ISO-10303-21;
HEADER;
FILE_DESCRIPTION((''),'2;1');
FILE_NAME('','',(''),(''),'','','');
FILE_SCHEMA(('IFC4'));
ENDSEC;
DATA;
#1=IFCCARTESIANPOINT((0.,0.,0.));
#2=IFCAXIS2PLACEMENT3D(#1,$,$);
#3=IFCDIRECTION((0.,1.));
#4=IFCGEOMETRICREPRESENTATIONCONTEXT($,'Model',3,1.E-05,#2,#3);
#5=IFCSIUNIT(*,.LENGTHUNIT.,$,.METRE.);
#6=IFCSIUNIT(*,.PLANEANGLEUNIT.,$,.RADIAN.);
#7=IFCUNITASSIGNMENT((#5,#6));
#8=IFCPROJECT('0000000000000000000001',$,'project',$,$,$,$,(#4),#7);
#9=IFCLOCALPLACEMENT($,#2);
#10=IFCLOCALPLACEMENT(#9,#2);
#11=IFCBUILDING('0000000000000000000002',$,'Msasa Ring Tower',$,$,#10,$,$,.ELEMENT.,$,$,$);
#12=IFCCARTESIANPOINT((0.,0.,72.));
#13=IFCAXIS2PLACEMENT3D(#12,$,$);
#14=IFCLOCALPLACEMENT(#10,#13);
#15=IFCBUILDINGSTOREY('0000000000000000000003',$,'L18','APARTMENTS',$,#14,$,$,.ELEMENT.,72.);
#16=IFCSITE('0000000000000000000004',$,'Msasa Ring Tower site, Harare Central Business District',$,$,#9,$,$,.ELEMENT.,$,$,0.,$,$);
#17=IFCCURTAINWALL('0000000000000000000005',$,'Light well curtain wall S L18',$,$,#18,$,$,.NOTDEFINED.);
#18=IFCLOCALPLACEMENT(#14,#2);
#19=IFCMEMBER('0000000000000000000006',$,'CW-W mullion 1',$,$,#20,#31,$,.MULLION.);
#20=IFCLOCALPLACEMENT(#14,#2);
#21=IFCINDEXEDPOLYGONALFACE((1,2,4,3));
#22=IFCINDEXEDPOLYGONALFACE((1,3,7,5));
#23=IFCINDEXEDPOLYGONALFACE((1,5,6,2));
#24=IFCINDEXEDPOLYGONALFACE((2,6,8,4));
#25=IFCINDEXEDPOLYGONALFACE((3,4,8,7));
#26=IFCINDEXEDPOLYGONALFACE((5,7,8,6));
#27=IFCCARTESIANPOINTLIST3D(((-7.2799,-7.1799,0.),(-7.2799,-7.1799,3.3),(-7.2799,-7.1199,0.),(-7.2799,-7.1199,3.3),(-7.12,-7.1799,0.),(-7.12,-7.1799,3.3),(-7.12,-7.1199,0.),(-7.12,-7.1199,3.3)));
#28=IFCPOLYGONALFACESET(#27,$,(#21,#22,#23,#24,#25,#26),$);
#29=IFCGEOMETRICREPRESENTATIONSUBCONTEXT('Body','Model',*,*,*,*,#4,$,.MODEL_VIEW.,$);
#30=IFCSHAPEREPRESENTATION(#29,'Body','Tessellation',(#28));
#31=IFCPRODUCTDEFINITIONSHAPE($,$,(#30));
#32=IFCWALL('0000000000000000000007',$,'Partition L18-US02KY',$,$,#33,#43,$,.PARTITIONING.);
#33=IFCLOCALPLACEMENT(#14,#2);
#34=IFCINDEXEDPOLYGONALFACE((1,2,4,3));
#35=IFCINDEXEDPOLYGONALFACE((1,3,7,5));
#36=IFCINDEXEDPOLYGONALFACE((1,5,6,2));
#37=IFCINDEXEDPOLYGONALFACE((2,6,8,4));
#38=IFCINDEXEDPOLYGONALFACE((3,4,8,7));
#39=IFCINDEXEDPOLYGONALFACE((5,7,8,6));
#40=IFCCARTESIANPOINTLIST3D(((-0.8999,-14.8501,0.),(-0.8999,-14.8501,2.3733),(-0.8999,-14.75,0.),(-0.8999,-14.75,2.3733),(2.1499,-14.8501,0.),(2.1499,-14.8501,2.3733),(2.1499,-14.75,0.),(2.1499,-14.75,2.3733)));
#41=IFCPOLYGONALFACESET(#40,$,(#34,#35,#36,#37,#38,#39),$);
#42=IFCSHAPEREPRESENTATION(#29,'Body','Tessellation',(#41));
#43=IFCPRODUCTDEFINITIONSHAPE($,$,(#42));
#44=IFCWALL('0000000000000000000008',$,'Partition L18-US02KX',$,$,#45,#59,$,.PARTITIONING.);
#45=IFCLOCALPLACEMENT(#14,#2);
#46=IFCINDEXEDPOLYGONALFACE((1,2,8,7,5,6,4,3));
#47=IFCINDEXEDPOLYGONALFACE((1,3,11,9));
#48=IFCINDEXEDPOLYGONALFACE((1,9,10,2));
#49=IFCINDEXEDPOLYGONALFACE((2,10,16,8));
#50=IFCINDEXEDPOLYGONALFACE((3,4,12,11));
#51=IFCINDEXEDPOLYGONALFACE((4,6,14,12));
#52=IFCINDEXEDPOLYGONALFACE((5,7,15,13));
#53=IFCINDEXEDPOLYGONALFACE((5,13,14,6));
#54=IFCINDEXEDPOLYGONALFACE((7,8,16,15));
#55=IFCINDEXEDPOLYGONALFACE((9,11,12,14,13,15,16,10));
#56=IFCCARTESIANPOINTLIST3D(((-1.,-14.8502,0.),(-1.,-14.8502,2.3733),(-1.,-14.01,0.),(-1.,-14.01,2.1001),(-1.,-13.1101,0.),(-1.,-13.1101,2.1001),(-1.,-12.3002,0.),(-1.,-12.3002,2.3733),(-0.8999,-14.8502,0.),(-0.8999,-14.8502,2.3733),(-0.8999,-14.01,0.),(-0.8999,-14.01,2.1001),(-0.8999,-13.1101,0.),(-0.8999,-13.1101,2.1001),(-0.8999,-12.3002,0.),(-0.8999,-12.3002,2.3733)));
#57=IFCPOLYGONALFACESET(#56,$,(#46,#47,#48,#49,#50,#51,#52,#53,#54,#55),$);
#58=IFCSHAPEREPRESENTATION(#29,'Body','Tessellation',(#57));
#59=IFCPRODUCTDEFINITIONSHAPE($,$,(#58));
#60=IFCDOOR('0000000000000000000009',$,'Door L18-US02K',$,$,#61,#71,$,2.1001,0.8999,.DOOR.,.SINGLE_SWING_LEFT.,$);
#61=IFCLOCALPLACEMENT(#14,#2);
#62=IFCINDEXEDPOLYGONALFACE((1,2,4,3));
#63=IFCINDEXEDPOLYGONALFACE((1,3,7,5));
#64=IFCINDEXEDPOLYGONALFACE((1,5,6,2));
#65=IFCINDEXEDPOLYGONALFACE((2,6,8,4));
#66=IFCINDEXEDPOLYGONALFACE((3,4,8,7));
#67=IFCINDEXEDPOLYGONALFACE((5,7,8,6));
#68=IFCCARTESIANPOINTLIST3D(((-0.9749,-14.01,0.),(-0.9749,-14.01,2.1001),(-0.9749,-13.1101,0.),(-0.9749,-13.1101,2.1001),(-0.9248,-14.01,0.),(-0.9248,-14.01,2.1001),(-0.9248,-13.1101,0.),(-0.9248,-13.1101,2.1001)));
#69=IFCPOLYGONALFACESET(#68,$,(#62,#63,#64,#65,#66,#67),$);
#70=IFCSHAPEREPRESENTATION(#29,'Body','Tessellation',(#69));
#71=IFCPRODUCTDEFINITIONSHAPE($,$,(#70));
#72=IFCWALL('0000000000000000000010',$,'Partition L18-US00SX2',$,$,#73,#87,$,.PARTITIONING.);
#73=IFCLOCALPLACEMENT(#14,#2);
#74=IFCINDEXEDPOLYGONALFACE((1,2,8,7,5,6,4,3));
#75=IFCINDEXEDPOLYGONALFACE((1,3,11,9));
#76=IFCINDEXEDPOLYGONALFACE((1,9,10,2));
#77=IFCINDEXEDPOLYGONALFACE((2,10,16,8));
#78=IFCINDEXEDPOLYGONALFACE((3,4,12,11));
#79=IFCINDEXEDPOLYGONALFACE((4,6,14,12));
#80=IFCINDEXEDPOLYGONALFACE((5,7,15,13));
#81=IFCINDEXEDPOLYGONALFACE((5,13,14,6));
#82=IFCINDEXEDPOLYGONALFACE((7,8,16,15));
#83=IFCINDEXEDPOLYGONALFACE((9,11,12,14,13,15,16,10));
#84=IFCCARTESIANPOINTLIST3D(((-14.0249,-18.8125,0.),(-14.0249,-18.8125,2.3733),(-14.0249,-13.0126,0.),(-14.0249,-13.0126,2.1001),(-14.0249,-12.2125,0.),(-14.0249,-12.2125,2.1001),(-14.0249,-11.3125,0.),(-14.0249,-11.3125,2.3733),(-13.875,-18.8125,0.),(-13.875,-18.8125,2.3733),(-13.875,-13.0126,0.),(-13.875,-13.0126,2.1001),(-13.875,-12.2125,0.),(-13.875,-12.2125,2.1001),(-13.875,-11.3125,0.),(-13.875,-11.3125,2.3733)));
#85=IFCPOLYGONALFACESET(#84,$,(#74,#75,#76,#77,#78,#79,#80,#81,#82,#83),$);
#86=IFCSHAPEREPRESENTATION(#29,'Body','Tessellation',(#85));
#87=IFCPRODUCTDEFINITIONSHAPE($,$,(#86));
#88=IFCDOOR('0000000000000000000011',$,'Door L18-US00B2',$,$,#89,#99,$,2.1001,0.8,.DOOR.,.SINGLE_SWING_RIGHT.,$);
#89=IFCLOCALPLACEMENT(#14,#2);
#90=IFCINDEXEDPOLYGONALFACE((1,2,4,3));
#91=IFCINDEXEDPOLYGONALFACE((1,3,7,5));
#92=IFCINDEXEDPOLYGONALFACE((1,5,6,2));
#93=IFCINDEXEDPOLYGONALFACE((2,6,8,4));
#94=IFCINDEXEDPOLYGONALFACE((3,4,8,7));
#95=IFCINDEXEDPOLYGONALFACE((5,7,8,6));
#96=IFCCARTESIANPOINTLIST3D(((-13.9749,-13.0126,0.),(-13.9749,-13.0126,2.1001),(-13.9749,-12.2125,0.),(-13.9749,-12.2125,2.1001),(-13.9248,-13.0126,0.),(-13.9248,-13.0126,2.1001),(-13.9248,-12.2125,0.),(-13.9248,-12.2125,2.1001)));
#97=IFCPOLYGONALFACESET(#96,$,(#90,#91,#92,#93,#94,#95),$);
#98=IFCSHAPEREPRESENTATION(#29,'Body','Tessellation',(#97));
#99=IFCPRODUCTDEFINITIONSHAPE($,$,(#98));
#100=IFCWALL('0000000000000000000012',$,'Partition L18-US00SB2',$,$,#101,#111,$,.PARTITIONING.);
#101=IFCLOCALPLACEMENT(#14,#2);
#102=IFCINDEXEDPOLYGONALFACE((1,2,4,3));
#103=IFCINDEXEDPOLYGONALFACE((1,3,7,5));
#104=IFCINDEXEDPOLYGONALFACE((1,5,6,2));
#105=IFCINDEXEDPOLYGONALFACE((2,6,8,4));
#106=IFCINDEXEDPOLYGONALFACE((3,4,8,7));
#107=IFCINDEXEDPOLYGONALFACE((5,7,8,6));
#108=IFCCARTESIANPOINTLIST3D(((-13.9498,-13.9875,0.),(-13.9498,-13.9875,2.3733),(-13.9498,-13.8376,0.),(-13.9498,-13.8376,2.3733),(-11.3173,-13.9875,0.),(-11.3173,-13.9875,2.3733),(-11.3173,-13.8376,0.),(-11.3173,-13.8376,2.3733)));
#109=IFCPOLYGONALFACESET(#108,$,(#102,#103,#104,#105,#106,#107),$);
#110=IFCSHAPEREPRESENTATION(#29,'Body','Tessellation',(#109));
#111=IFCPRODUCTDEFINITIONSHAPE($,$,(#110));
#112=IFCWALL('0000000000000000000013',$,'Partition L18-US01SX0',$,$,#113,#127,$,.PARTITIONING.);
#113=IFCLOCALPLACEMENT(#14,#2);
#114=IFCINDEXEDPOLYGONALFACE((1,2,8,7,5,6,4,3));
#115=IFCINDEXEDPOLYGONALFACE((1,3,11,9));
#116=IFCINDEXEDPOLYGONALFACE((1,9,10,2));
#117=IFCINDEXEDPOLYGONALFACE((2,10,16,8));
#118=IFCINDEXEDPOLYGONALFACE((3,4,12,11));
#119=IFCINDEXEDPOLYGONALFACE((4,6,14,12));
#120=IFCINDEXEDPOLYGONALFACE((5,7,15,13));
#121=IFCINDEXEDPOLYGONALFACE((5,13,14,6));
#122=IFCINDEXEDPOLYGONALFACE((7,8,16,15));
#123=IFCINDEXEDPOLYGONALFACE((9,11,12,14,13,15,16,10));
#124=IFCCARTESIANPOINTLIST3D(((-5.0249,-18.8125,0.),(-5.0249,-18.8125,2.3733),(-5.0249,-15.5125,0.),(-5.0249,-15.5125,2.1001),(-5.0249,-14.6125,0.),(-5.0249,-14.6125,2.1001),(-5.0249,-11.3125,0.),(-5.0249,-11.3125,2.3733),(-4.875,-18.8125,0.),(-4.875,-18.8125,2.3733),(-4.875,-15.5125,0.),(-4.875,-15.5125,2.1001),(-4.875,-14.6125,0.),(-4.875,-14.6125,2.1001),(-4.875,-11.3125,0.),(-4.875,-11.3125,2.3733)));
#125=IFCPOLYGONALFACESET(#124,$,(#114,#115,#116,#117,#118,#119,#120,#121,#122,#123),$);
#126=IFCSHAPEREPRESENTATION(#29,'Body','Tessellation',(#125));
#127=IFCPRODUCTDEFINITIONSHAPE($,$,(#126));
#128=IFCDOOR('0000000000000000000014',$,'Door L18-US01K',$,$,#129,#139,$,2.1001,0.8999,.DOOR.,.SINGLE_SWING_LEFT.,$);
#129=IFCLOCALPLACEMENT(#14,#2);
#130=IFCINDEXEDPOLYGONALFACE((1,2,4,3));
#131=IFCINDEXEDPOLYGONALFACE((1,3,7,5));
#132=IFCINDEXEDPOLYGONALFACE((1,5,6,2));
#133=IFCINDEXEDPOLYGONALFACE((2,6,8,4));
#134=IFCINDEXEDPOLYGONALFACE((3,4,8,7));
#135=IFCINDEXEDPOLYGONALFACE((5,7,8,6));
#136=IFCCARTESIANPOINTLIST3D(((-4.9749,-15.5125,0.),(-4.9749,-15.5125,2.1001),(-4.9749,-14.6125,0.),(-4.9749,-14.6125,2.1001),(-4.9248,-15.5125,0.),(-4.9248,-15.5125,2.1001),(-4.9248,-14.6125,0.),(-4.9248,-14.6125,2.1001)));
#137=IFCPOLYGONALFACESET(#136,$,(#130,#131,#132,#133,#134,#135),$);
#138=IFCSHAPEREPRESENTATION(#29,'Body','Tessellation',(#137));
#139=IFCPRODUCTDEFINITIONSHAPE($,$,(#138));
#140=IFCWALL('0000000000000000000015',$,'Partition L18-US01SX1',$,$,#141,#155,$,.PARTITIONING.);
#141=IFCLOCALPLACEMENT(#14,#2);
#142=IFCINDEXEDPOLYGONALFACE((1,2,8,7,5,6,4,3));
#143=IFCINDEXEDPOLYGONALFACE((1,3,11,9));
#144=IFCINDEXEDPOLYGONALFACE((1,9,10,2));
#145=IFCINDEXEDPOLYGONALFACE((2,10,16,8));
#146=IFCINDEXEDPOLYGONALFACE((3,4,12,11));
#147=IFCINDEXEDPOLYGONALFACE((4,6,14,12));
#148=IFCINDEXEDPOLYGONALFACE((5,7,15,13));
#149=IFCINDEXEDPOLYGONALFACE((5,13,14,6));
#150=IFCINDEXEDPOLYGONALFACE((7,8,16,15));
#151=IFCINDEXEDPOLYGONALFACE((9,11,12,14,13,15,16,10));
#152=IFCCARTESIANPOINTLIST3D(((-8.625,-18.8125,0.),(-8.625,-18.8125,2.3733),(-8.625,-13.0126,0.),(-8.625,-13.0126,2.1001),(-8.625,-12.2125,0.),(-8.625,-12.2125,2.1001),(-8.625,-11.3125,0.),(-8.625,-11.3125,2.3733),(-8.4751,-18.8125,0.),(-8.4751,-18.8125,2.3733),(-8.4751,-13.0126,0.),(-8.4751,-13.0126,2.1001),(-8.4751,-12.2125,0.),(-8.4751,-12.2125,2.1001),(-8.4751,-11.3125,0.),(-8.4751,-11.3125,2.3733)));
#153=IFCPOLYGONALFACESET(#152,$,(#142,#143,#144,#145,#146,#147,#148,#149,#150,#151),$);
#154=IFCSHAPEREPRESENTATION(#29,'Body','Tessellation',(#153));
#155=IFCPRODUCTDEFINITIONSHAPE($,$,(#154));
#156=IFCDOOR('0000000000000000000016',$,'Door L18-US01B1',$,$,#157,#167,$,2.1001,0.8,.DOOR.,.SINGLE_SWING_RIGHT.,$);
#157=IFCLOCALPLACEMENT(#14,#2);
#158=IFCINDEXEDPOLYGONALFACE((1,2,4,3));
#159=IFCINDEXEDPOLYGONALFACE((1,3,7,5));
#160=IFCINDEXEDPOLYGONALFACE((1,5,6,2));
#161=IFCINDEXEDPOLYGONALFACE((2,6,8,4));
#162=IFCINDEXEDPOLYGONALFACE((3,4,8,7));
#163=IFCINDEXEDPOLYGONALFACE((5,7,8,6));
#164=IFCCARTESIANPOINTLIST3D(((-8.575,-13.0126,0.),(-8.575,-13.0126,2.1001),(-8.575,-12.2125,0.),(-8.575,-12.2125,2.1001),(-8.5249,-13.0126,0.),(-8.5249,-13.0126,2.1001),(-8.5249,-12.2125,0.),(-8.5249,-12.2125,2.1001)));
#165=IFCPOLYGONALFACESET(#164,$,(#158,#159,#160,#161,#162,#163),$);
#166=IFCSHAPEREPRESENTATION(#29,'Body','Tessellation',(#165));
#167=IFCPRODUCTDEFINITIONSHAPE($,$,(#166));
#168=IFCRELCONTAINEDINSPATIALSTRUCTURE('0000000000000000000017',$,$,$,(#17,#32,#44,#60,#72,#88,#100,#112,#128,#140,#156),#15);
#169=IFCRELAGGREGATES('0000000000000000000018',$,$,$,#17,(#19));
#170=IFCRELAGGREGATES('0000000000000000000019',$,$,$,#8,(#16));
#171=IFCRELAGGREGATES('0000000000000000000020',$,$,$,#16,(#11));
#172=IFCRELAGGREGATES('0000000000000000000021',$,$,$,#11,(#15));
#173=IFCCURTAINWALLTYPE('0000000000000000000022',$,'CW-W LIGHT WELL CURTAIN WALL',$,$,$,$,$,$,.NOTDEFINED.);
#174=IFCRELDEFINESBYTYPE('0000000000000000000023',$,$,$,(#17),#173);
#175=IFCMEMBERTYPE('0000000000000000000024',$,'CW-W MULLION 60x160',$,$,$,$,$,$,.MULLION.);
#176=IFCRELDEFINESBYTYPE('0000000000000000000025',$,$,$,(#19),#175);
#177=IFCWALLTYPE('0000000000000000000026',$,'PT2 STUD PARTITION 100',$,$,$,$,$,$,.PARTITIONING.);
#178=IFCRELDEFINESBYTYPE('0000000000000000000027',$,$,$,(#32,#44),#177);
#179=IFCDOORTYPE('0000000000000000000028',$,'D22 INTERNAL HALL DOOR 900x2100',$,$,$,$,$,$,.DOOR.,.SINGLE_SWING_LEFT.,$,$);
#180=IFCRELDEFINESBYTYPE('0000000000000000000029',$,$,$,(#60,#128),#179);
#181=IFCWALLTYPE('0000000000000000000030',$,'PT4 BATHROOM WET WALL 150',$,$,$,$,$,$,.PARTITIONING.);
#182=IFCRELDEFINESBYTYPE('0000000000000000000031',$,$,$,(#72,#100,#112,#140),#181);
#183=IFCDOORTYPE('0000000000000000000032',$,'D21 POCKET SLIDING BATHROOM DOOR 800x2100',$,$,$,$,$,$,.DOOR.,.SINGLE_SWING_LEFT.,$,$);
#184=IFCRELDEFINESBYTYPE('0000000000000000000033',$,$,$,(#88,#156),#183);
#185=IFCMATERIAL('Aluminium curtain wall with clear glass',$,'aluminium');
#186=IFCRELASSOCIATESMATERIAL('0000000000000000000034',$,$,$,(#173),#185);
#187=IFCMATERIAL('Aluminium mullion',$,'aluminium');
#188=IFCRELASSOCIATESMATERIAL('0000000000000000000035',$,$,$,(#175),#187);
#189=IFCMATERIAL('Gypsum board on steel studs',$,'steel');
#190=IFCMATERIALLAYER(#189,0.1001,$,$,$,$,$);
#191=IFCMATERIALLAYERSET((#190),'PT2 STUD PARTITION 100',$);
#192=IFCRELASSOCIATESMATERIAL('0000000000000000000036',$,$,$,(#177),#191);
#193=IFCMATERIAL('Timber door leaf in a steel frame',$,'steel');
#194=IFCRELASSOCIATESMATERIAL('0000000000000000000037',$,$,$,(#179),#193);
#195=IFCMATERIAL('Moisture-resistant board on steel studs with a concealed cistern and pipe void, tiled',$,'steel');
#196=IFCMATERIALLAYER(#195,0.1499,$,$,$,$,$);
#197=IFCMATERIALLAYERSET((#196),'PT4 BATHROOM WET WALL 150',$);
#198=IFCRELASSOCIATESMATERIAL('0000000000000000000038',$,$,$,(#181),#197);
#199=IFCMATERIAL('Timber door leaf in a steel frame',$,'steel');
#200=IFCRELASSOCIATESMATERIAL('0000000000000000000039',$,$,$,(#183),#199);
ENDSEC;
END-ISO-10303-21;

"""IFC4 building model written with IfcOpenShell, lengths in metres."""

from ifc_helpers import new_model, si_unit, direction, frame, frame_2d, origin, origin_2d, place, context, subcontext, project, spatial, rectangle, extrude, material, layer, layer_set, material_profile, profile_set, type_object, element, fill, aggregate, save


model = new_model("IFC4")

# Units and contexts
model_context = context("Model", 3, precision=1e-05, world=origin(), true_north=direction((0.0, 1.0)))
body_context = subcontext(model_context, "Body", "Model", "MODEL_VIEW")
ifc_project = project(units=[si_unit("LENGTHUNIT", "METRE"), si_unit("PLANEANGLEUNIT", "RADIAN")], contexts=[model_context])

# Site, building, storey
site_placement = place(None, origin())
site = spatial("IfcSite", under=ifc_project, at=site_placement, Name="Msasa Ring Tower site, Harare Central Business District", CompositionType="ELEMENT", RefElevation=0.0)
building_placement = place(site_placement, origin())
building = spatial("IfcBuilding", under=site, at=building_placement, Name="Msasa Ring Tower", CompositionType="ELEMENT")
storey_placement = place(building_placement, frame((0.0, 0.0, 72.0)))
storey = spatial("IfcBuildingStorey", under=building, at=storey_placement, Name="L18", Description="APARTMENTS", CompositionType="ELEMENT", Elevation=72.0)

# Curtain wall, member
ifc_material_1 = material(Name="Aluminium curtain wall with clear glass", Category="aluminium")
curtain_wall_type = type_object("IfcCurtainWallType", Name="CW-W LIGHT WELL CURTAIN WALL", PredefinedType="NOTDEFINED", material=ifc_material_1)
curtain_wall_placement = place(storey_placement, origin())
curtain_wall = element("IfcCurtainWall", 1, at=curtain_wall_placement, inside=storey, type_object=curtain_wall_type, Name="Light well curtain wall S L18", PredefinedType="NOTDEFINED")
ifc_material_2 = material(Name="Aluminium mullion", Category="aluminium")
ifc_material_profile = material_profile(ifc_material_2, rectangle(XDim=0.0601, YDim=0.1599, at=origin_2d()), Name="AL 60x160")
ifc_profile_set = profile_set([ifc_material_profile], Name="Aluminium mullion")
member_type = type_object("IfcMemberType", Name="CW-W MULLION 60x160", PredefinedType="MULLION", material=ifc_profile_set)
member_placement = place(storey_placement, frame((-7.2, -7.1499, 0.0), z_axis=(0.0, 0.0, 1.0), x_axis=(0.0, 1.0, 0.0)))
member = element("IfcMember", 2, at=member_placement, type_object=member_type, Name="CW-W mullion 1", PredefinedType="MULLION", context=body_context, shape_type="SweptSolid", body=[
    extrude(rectangle(XDim=0.0601, YDim=0.1599, at=origin_2d()), origin(), (0.0, 0.0, 1.0), 3.3),
])
aggregate(curtain_wall, [member])

# Wall
ifc_material_3 = material(Name="Gypsum board on steel studs", Category="steel")
ifc_layer_1 = layer(ifc_material_3, 0.1001)
ifc_layer_set_1 = layer_set([ifc_layer_1], Name="PT2 STUD PARTITION 100")
wall_type_1 = type_object("IfcWallType", Name="PT2 STUD PARTITION 100", PredefinedType="PARTITIONING", material=ifc_layer_set_1)
wall_1_placement = place(storey_placement, frame((-0.8999, -14.8, 0.0), z_axis=(0.0, 0.0, 1.0), x_axis=(1.0, 0.0, 0.0)))
element("IfcWall", 3, at=wall_1_placement, inside=storey, type_object=wall_type_1, Name="Partition L18-US02KY", PredefinedType="PARTITIONING", context=body_context, shape_type="SweptSolid", body=[
    extrude(rectangle(XDim=3.0498, YDim=0.1001, at=frame_2d((1.5249, 0.0))), origin(), (0.0, 0.0, 1.0), 2.3733),
])

# Walls, openings, doors
wall_2_placement = place(storey_placement, frame((-0.95, -14.8501, 0.0), z_axis=(0.0, 0.0, 1.0), x_axis=(0.0, 1.0, 0.0)))
wall_2 = element("IfcWall", 4, at=wall_2_placement, inside=storey, type_object=wall_type_1, Name="Partition L18-US02KX", PredefinedType="PARTITIONING", context=body_context, shape_type="SweptSolid", body=[
    extrude(rectangle(XDim=2.55, YDim=0.1001, at=frame_2d((1.2749, 0.0))), origin(), (0.0, 0.0, 1.0), 2.3733),
])
opening_1_placement = place(wall_2_placement, frame((0.8401, 0.0, 0.0)))
opening_1 = element("IfcOpeningElement", 5, at=opening_1_placement, cuts=wall_2, PredefinedType="OPENING", context=body_context, shape_type="SweptSolid", body=[
    extrude(rectangle(XDim=0.8999, YDim=2.1001, at=frame_2d((0.45, 1.05))), frame((0.0, 0.0601, 0.0), z_axis=(0.0, -1.0, 0.0), x_axis=(1.0, 0.0, 0.0)), (0.0, 0.0, 1.0), 0.1201),
])
ifc_material_4 = material(Name="Timber door leaf in a steel frame", Category="steel")
door_type_1 = type_object("IfcDoorType", Name="D22 INTERNAL HALL DOOR 900x2100", OperationType="SINGLE_SWING_LEFT", PredefinedType="DOOR", material=ifc_material_4)
door_1_placement = place(opening_1_placement, origin())
door_1 = element("IfcDoor", 6, at=door_1_placement, inside=storey, type_object=door_type_1, Name="Door L18-US02K", OperationType="SINGLE_SWING_LEFT", OverallHeight=2.1001, OverallWidth=0.8999, PredefinedType="DOOR", context=body_context, shape_type="SweptSolid", body=[
    extrude(rectangle(XDim=0.8999, YDim=2.1001, at=frame_2d((0.45, 1.05))), frame((0.0, 0.0249, 0.0), z_axis=(0.0, -1.0, 0.0), x_axis=(1.0, 0.0, 0.0)), (0.0, 0.0, 1.0), 0.05),
])
fill(opening_1, door_1)
ifc_material_5 = material(Name="Moisture-resistant board on steel studs with a concealed cistern and pipe void, tiled", Category="steel")
ifc_layer_2 = layer(ifc_material_5, 0.1499)
ifc_layer_set_2 = layer_set([ifc_layer_2], Name="PT4 BATHROOM WET WALL 150")
wall_type_2 = type_object("IfcWallType", Name="PT4 BATHROOM WET WALL 150", PredefinedType="PARTITIONING", material=ifc_layer_set_2)
wall_3_placement = place(storey_placement, frame((-13.95, -18.8125, 0.0), z_axis=(0.0, 0.0, 1.0), x_axis=(0.0, 1.0, 0.0)))
wall_3 = element("IfcWall", 7, at=wall_3_placement, inside=storey, type_object=wall_type_2, Name="Partition L18-US00SX2", PredefinedType="PARTITIONING", context=body_context, shape_type="SweptSolid", body=[
    extrude(rectangle(XDim=7.5, YDim=0.1499, at=frame_2d((3.75, 0.0))), origin(), (0.0, 0.0, 1.0), 2.3733),
])
opening_2_placement = place(wall_3_placement, frame((5.8, 0.0, 0.0)))
opening_2 = element("IfcOpeningElement", 8, at=opening_2_placement, cuts=wall_3, PredefinedType="OPENING", context=body_context, shape_type="SweptSolid", body=[
    extrude(rectangle(XDim=0.8, YDim=2.1001, at=frame_2d((0.3999, 1.05))), frame((0.0, 0.085, 0.0), z_axis=(0.0, -1.0, 0.0), x_axis=(1.0, 0.0, 0.0)), (0.0, 0.0, 1.0), 0.1699),
])
ifc_material_6 = material(Name="Timber door leaf in a steel frame", Category="steel")
door_type_2 = type_object("IfcDoorType", Name="D21 POCKET SLIDING BATHROOM DOOR 800x2100", OperationType="SINGLE_SWING_LEFT", PredefinedType="DOOR", material=ifc_material_6)
door_2_placement = place(opening_2_placement, origin())
door_2 = element("IfcDoor", 9, at=door_2_placement, inside=storey, type_object=door_type_2, Name="Door L18-US00B2", OperationType="SINGLE_SWING_RIGHT", OverallHeight=2.1001, OverallWidth=0.8, PredefinedType="DOOR", context=body_context, shape_type="SweptSolid", body=[
    extrude(rectangle(XDim=0.8, YDim=2.1001, at=frame_2d((0.3999, 1.05))), frame((0.0, 0.0249, 0.0), z_axis=(0.0, -1.0, 0.0), x_axis=(1.0, 0.0, 0.0)), (0.0, 0.0, 1.0), 0.05),
])
fill(opening_2, door_2)

# Wall
wall_4_placement = place(storey_placement, frame((-13.95, -13.9126, 0.0), z_axis=(0.0, 0.0, 1.0), x_axis=(1.0, 0.0, 0.0)))
element("IfcWall", 10, at=wall_4_placement, inside=storey, type_object=wall_type_2, Name="Partition L18-US00SB2", PredefinedType="PARTITIONING", context=body_context, shape_type="SweptSolid", body=[
    extrude(rectangle(XDim=2.6326, YDim=0.1499, at=frame_2d((1.3164, 0.0))), origin(), (0.0, 0.0, 1.0), 2.3733),
])

# Walls, openings, doors
wall_5_placement = place(storey_placement, frame((-4.95, -18.8125, 0.0), z_axis=(0.0, 0.0, 1.0), x_axis=(0.0, 1.0, 0.0)))
wall_5 = element("IfcWall", 11, at=wall_5_placement, inside=storey, type_object=wall_type_2, Name="Partition L18-US01SX0", PredefinedType="PARTITIONING", context=body_context, shape_type="SweptSolid", body=[
    extrude(rectangle(XDim=7.5, YDim=0.1499, at=frame_2d((3.75, 0.0))), origin(), (0.0, 0.0, 1.0), 2.3733),
])
opening_3_placement = place(wall_5_placement, frame((3.3, 0.0, 0.0)))
opening_3 = element("IfcOpeningElement", 12, at=opening_3_placement, cuts=wall_5, PredefinedType="OPENING", context=body_context, shape_type="SweptSolid", body=[
    extrude(rectangle(XDim=0.8999, YDim=2.1001, at=frame_2d((0.45, 1.05))), frame((0.0, 0.085, 0.0), z_axis=(0.0, -1.0, 0.0), x_axis=(1.0, 0.0, 0.0)), (0.0, 0.0, 1.0), 0.1699),
])
door_3_placement = place(opening_3_placement, origin())
door_3 = element("IfcDoor", 13, at=door_3_placement, inside=storey, type_object=door_type_1, Name="Door L18-US01K", OperationType="SINGLE_SWING_LEFT", OverallHeight=2.1001, OverallWidth=0.8999, PredefinedType="DOOR", context=body_context, shape_type="SweptSolid", body=[
    extrude(rectangle(XDim=0.8999, YDim=2.1001, at=frame_2d((0.45, 1.05))), frame((0.0, 0.0249, 0.0), z_axis=(0.0, -1.0, 0.0), x_axis=(1.0, 0.0, 0.0)), (0.0, 0.0, 1.0), 0.05),
])
fill(opening_3, door_3)
wall_6_placement = place(storey_placement, frame((-8.55, -18.8125, 0.0), z_axis=(0.0, 0.0, 1.0), x_axis=(0.0, 1.0, 0.0)))
wall_6 = element("IfcWall", 14, at=wall_6_placement, inside=storey, type_object=wall_type_2, Name="Partition L18-US01SX1", PredefinedType="PARTITIONING", context=body_context, shape_type="SweptSolid", body=[
    extrude(rectangle(XDim=7.5, YDim=0.1499, at=frame_2d((3.75, 0.0))), origin(), (0.0, 0.0, 1.0), 2.3733),
])
opening_4_placement = place(wall_6_placement, frame((5.8, 0.0, 0.0)))
opening_4 = element("IfcOpeningElement", 15, at=opening_4_placement, cuts=wall_6, PredefinedType="OPENING", context=body_context, shape_type="SweptSolid", body=[
    extrude(rectangle(XDim=0.8, YDim=2.1001, at=frame_2d((0.3999, 1.05))), frame((0.0, 0.085, 0.0), z_axis=(0.0, -1.0, 0.0), x_axis=(1.0, 0.0, 0.0)), (0.0, 0.0, 1.0), 0.1699),
])
door_4_placement = place(opening_4_placement, origin())
door_4 = element("IfcDoor", 16, at=door_4_placement, inside=storey, type_object=door_type_2, Name="Door L18-US01B1", OperationType="SINGLE_SWING_RIGHT", OverallHeight=2.1001, OverallWidth=0.8, PredefinedType="DOOR", context=body_context, shape_type="SweptSolid", body=[
    extrude(rectangle(XDim=0.8, YDim=2.1001, at=frame_2d((0.3999, 1.05))), frame((0.0, 0.0249, 0.0), z_axis=(0.0, -1.0, 0.0), x_axis=(1.0, 0.0, 0.0)), (0.0, 0.0, 1.0), 0.05),
])
fill(opening_4, door_4)

save(model, "model.ifc")
